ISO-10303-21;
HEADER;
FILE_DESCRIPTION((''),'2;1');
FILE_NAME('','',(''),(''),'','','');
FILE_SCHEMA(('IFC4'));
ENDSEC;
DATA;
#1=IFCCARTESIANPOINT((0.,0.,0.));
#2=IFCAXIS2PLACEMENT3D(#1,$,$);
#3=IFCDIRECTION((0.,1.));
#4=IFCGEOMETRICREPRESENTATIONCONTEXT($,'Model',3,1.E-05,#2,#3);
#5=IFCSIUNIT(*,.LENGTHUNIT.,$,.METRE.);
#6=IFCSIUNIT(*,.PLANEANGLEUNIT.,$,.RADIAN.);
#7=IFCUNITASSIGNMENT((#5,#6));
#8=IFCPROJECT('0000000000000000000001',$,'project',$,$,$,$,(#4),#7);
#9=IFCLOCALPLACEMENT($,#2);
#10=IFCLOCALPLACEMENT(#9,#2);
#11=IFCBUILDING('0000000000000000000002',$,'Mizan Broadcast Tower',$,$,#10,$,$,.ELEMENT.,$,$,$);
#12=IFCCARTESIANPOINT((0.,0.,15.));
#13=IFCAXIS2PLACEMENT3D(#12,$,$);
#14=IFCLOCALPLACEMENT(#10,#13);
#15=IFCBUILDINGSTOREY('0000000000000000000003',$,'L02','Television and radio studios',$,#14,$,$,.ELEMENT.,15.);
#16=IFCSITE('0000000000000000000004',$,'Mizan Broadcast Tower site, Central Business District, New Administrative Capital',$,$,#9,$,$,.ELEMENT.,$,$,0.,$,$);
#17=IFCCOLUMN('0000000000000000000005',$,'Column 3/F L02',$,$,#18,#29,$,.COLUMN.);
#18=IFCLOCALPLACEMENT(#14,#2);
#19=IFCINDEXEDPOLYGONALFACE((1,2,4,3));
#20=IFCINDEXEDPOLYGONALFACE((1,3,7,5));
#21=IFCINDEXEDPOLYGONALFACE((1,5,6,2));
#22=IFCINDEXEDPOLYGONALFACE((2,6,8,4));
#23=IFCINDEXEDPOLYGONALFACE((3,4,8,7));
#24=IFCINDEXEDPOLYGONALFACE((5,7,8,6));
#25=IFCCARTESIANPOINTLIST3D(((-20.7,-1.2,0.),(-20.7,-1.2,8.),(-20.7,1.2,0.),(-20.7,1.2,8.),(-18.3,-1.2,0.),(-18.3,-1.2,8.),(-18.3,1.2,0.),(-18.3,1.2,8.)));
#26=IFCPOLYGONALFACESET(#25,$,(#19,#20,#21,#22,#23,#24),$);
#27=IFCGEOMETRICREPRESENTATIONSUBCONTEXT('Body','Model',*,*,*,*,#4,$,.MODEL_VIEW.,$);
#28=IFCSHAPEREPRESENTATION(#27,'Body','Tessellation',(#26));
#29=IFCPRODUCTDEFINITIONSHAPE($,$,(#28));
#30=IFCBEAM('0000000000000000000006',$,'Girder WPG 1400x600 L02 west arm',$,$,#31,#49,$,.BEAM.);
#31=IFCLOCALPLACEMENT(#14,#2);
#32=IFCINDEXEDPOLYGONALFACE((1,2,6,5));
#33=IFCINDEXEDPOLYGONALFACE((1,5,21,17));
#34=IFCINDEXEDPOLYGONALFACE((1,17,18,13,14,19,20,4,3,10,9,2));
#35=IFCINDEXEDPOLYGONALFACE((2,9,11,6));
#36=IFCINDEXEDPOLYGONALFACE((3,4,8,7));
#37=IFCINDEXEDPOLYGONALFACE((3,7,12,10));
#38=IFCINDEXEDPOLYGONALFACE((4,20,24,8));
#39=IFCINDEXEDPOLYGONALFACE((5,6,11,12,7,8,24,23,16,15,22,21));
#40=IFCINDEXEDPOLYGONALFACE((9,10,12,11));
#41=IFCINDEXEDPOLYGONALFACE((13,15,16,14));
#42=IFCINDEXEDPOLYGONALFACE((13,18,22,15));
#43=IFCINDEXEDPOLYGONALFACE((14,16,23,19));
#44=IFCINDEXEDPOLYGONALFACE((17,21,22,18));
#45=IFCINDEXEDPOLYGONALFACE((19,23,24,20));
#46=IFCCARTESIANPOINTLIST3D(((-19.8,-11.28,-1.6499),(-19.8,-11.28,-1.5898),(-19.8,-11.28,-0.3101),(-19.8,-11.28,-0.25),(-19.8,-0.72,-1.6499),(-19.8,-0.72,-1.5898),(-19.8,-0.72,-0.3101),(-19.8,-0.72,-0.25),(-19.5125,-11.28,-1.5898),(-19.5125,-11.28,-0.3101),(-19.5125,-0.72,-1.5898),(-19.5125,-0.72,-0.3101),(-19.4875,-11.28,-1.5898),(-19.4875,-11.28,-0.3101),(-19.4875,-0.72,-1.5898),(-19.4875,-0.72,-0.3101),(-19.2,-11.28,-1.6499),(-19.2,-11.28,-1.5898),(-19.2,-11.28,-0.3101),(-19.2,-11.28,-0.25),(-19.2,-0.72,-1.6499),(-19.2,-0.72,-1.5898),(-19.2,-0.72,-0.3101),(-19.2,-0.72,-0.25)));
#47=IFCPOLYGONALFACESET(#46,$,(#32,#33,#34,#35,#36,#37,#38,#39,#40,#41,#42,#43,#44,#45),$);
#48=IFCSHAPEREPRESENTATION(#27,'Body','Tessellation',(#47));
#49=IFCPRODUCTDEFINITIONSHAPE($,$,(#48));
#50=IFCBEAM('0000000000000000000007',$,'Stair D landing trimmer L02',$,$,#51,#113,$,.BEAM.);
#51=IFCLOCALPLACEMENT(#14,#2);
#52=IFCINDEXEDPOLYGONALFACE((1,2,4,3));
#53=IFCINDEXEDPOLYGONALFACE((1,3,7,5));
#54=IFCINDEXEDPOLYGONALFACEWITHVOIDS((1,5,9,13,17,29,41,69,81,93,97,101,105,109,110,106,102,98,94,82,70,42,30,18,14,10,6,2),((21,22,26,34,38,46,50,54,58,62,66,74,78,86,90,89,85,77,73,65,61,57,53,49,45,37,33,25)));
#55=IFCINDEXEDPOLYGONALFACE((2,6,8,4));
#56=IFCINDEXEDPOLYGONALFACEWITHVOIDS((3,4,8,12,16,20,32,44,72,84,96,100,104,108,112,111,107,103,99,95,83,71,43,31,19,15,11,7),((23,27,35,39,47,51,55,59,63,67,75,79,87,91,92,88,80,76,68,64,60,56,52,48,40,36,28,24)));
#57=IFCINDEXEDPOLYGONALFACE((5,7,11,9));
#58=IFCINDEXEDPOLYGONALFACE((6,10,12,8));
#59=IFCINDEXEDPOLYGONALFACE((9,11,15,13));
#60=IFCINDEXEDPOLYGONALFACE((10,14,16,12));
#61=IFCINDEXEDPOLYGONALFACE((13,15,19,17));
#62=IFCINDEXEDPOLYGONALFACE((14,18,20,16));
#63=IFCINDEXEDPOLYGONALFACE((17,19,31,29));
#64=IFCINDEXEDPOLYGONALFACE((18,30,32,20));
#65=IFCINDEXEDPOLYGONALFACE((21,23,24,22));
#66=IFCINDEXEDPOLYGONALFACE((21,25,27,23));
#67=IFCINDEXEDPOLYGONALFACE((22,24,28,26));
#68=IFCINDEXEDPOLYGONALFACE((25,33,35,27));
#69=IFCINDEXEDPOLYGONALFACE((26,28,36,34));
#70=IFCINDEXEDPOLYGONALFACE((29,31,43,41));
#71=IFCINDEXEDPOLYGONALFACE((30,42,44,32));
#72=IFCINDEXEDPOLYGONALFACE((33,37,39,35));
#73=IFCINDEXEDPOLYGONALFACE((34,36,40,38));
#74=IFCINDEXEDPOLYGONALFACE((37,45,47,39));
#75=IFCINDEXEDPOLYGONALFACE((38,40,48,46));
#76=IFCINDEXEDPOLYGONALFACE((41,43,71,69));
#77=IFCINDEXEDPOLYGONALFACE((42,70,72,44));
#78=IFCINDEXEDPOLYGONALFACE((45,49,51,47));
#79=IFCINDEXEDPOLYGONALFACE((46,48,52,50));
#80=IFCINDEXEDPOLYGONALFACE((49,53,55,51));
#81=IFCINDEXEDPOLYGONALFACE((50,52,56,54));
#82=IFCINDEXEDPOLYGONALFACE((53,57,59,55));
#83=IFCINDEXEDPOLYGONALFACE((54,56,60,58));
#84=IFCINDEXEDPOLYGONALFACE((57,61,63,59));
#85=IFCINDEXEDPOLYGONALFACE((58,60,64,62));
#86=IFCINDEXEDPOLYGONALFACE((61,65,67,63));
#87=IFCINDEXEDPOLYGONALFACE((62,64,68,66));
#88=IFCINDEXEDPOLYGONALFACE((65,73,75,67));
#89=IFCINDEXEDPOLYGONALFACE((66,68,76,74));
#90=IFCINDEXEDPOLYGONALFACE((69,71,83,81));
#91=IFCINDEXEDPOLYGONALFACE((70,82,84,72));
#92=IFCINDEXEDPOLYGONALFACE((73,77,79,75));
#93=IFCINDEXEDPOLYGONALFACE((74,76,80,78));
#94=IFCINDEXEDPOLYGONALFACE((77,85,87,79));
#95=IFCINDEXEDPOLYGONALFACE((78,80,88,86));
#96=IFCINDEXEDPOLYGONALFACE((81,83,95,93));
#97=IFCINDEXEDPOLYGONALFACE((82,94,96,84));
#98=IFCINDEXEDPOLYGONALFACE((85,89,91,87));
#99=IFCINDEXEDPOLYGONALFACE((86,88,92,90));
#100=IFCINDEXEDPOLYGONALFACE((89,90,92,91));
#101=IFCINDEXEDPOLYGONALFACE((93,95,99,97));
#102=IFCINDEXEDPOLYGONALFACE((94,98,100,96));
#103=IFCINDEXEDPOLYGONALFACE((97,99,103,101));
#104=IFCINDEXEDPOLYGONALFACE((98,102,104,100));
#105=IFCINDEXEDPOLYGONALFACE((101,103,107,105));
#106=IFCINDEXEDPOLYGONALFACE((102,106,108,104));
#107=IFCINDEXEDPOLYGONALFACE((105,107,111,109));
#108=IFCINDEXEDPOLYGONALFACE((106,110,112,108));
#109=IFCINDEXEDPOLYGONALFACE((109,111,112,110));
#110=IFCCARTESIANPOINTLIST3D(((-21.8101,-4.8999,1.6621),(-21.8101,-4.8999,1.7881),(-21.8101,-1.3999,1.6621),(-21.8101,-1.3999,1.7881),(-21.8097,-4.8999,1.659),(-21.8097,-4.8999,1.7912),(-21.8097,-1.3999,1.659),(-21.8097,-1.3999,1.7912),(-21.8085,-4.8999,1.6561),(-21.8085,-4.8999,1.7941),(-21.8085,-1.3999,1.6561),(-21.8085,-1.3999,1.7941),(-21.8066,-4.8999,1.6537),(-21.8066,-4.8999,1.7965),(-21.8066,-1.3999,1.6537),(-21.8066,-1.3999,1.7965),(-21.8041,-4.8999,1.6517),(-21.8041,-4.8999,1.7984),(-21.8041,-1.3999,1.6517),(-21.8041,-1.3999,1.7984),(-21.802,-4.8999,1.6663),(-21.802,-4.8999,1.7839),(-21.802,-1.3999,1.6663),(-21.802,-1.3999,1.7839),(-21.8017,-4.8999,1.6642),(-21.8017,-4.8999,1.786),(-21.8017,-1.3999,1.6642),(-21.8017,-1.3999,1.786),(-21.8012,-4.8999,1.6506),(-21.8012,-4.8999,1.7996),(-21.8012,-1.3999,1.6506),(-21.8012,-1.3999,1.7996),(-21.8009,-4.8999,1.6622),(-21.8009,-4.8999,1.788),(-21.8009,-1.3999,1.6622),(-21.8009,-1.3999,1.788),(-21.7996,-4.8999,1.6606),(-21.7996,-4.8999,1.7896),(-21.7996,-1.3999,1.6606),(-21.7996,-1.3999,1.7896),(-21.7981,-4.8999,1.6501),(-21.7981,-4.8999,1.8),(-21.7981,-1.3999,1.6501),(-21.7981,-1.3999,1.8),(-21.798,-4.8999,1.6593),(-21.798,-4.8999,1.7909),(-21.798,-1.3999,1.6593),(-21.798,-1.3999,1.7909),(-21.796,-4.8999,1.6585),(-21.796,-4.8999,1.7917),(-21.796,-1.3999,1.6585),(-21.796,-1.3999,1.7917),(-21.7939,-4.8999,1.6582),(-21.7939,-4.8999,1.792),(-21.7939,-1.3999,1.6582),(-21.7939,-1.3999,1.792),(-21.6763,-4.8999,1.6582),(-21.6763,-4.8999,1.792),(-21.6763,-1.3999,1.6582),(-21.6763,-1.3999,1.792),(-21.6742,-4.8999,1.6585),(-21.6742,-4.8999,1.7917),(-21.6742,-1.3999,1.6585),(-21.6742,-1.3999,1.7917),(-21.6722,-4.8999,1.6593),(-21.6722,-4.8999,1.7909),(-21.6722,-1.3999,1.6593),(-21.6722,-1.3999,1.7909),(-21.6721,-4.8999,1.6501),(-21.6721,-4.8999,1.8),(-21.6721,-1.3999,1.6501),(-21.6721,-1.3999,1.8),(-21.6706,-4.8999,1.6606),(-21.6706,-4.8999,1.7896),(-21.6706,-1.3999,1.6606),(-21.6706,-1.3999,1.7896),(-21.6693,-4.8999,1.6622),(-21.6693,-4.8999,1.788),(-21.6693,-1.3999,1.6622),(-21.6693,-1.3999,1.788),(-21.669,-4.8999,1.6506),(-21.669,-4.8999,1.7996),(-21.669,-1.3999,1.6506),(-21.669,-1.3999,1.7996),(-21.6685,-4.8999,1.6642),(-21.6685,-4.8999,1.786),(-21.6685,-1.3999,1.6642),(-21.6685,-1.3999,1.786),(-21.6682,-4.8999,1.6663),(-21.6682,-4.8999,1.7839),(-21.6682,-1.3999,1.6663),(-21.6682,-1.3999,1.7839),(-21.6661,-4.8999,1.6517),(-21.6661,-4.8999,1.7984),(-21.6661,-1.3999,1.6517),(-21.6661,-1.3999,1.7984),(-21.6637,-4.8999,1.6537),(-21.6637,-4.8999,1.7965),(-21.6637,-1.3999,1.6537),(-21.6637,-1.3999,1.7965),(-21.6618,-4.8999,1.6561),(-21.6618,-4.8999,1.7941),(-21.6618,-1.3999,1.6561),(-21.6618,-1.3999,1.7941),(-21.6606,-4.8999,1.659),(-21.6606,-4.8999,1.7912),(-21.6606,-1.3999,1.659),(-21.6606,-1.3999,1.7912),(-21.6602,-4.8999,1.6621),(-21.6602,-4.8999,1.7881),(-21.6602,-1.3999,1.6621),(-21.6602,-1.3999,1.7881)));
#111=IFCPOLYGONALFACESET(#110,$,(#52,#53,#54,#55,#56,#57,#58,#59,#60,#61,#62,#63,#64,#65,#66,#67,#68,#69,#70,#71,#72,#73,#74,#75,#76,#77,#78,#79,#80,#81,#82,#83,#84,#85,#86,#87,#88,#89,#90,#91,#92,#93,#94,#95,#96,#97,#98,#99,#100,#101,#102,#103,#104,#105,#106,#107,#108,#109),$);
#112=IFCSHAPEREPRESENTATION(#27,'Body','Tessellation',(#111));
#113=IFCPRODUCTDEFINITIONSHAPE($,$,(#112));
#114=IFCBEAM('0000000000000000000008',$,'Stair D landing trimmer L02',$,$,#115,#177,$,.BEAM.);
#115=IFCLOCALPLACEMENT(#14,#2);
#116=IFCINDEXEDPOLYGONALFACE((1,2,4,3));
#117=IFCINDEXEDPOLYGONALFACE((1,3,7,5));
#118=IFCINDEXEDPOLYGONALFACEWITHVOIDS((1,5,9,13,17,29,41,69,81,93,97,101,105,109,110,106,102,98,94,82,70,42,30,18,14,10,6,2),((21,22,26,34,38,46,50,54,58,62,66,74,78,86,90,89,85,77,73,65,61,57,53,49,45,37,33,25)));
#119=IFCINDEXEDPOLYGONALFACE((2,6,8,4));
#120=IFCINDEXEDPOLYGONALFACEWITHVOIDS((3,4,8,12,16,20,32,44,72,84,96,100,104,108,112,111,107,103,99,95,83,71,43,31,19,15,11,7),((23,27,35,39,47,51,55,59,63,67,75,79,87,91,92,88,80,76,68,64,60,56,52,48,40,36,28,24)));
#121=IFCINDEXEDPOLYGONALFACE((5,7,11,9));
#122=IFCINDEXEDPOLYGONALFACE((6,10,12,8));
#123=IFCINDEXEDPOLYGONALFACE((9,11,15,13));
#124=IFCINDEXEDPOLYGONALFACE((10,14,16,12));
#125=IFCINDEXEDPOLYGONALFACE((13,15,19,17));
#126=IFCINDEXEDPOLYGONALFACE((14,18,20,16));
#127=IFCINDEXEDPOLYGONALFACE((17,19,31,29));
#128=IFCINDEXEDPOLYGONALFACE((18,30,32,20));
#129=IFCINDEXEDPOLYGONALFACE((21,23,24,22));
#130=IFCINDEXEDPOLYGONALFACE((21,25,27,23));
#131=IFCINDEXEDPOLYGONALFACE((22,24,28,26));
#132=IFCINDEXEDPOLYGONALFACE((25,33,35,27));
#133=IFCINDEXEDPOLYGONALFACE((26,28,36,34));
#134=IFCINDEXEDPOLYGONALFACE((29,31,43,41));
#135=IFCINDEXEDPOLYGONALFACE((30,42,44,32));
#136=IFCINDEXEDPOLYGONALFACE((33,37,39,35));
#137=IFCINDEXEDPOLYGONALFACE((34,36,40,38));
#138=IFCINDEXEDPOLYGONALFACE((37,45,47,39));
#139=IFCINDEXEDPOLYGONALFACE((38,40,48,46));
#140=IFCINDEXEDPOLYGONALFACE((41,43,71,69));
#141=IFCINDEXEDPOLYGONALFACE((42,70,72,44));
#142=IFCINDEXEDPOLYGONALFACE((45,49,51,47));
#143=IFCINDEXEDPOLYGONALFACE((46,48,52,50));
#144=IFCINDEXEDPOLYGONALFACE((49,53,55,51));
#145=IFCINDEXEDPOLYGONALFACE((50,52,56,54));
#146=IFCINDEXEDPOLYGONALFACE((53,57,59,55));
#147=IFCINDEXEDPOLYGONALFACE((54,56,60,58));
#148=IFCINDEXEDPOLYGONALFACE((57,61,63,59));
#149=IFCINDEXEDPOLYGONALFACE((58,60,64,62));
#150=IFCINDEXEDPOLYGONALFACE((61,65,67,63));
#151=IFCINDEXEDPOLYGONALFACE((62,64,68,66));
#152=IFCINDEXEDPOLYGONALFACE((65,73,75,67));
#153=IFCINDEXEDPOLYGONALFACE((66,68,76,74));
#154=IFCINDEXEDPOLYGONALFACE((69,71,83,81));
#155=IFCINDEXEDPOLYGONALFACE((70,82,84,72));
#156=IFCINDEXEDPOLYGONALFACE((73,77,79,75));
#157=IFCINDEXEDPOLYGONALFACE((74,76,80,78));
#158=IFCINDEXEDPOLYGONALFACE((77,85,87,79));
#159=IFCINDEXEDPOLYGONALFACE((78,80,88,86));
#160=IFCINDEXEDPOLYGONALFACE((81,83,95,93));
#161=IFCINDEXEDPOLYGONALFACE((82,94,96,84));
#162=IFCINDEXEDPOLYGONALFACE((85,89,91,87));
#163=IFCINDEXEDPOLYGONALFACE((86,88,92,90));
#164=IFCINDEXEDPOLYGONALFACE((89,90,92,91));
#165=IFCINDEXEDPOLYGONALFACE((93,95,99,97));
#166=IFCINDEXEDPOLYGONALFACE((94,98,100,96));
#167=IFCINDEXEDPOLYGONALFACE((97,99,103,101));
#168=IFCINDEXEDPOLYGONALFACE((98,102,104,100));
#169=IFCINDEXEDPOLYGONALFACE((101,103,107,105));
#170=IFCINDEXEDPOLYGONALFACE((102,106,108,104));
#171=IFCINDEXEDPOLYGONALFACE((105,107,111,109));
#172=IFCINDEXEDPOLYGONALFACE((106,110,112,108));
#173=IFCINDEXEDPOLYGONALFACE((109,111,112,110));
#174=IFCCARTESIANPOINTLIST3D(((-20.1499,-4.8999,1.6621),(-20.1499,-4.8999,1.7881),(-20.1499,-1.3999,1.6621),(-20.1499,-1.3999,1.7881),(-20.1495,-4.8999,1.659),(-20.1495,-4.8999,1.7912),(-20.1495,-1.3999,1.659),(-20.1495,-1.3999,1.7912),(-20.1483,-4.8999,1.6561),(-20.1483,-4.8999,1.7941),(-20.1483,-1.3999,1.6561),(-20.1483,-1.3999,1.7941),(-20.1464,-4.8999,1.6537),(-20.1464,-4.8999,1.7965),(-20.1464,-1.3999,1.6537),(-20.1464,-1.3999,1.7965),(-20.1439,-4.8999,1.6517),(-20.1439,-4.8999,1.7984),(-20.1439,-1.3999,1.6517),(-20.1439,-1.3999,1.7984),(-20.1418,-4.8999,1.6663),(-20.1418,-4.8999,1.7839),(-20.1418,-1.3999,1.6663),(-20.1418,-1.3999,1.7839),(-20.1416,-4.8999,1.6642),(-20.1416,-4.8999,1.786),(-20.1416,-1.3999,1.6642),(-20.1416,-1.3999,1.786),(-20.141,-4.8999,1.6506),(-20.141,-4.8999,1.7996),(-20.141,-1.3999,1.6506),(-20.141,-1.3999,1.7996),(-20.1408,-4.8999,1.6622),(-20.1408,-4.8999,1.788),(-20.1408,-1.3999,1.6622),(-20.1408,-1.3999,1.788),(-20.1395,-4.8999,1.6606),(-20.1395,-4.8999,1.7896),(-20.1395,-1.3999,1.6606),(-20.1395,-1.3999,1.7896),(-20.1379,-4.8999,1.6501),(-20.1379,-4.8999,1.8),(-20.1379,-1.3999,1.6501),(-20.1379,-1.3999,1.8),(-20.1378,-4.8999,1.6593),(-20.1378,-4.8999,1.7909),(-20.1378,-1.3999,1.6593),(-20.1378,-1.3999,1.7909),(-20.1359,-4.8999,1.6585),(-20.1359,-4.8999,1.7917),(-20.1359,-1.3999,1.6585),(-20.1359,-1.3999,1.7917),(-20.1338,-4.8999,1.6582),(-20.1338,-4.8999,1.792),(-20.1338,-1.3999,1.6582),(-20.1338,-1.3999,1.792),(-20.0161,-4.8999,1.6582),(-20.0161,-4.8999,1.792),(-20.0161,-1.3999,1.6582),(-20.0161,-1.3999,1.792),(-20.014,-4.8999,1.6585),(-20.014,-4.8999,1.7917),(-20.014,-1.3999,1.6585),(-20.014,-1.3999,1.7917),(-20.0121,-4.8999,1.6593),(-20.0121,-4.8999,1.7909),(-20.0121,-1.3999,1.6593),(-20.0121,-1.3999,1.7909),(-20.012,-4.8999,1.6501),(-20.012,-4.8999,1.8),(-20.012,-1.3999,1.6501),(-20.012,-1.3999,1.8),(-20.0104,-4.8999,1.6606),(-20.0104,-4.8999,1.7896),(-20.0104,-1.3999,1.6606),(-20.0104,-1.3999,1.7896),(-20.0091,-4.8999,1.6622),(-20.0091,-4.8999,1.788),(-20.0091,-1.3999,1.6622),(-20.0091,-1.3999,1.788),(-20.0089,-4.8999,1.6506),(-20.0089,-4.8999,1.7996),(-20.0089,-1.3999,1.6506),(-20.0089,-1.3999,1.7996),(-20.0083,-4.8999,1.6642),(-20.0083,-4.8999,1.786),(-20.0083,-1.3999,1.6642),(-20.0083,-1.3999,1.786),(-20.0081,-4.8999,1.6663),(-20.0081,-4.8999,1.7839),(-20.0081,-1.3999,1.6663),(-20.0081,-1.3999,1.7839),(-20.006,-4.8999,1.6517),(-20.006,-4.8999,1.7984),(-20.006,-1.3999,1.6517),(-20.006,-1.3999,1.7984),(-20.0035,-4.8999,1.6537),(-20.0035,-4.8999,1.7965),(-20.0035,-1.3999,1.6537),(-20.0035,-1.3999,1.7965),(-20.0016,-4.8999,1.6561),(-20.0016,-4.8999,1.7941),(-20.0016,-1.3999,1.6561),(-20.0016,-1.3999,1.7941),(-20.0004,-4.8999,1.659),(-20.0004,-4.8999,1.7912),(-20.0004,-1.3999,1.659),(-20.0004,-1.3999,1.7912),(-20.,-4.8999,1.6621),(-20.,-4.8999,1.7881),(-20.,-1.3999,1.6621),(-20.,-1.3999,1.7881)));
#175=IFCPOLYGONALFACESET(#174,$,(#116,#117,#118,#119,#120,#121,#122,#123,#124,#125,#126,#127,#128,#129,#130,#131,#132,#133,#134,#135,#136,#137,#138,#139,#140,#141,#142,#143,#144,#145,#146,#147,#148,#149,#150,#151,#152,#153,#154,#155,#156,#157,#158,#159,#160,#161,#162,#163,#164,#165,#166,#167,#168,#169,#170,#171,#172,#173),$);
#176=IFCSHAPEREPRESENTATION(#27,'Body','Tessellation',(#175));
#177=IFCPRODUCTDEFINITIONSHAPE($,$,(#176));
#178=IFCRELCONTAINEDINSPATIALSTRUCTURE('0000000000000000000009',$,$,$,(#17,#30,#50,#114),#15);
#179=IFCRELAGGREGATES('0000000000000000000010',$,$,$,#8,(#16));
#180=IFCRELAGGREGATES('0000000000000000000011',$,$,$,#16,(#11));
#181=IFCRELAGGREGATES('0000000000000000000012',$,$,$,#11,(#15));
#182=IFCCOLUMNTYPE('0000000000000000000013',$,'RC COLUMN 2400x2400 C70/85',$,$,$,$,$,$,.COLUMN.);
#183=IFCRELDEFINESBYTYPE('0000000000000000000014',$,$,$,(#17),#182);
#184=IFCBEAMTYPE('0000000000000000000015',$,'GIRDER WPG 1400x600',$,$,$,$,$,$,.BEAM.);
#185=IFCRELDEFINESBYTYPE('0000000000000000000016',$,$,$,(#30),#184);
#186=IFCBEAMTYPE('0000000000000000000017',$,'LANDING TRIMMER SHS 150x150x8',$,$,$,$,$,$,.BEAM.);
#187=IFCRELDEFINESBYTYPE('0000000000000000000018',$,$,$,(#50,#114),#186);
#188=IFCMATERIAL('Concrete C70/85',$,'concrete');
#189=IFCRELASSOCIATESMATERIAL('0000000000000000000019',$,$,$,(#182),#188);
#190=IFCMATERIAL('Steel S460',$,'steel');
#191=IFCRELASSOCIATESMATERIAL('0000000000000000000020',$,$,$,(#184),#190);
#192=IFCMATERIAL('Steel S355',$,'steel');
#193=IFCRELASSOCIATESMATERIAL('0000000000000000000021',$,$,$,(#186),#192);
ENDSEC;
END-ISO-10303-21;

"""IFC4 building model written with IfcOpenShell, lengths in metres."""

from ifc_helpers import new_model, si_unit, direction, frame, origin, origin_2d, place, context, subcontext, project, spatial, rectangle, hollow_rectangle, i_section, extrude, material, material_profile, profile_set, type_object, element, save


model = new_model("IFC4")

# Units and contexts
model_context = context("Model", 3, precision=1e-05, world=origin(), true_north=direction((0.0, 1.0)))
body_context = subcontext(model_context, "Body", "Model", "MODEL_VIEW")
ifc_project = project(units=[si_unit("LENGTHUNIT", "METRE"), si_unit("PLANEANGLEUNIT", "RADIAN")], contexts=[model_context])

# Site, building, storey
site_placement = place(None, origin())
site = spatial("IfcSite", under=ifc_project, at=site_placement, Name="Mizan Broadcast Tower site, Central Business District, New Administrative Capital", CompositionType="ELEMENT", RefElevation=0.0)
building_placement = place(site_placement, origin())
building = spatial("IfcBuilding", under=site, at=building_placement, Name="Mizan Broadcast Tower", CompositionType="ELEMENT")
storey_placement = place(building_placement, frame((0.0, 0.0, 15.0)))
storey = spatial("IfcBuildingStorey", under=building, at=storey_placement, Name="L02", Description="Television and radio studios", CompositionType="ELEMENT", Elevation=15.0)

# Column
ifc_material_1 = material(Name="Concrete C70/85", Category="concrete")
ifc_material_profile_1 = material_profile(ifc_material_1, rectangle(XDim=2.3999, YDim=2.3999, at=origin_2d()), Name="RC 2400x2400")
ifc_profile_set_1 = profile_set([ifc_material_profile_1], Name="Concrete C70/85")
column_type = type_object("IfcColumnType", Name="RC COLUMN 2400x2400 C70/85", PredefinedType="COLUMN", material=ifc_profile_set_1)
column_placement = place(storey_placement, frame((-19.5, 0.0, 0.0), z_axis=(0.0, 0.0, 1.0), x_axis=(1.0, 0.0, 0.0)))
element("IfcColumn", 1, at=column_placement, inside=storey, type_object=column_type, Name="Column 3/F L02", PredefinedType="COLUMN", context=body_context, shape_type="SweptSolid", body=[
    extrude(rectangle(XDim=2.3999, YDim=2.3999, at=origin_2d()), origin(), (0.0, 0.0, 1.0), 8.0),
])

# Beams
ifc_material_2 = material(Name="Steel S460", Category="steel")
ifc_material_profile_2 = material_profile(ifc_material_2, i_section(OverallWidth=0.6001, OverallDepth=1.3999, WebThickness=0.0249, FlangeThickness=0.0601, at=origin_2d()), Name="WPG 1400x600")
ifc_profile_set_2 = profile_set([ifc_material_profile_2], Name="Steel S460")
beam_type_1 = type_object("IfcBeamType", Name="GIRDER WPG 1400x600", PredefinedType="BEAM", material=ifc_profile_set_2)
beam_1_placement = place(storey_placement, frame((-19.5, -0.72, -0.95), z_axis=(0.0, -1.0, 0.0), x_axis=(1.0, 0.0, 0.0)))
element("IfcBeam", 2, at=beam_1_placement, inside=storey, type_object=beam_type_1, Name="Girder WPG 1400x600 L02 west arm", PredefinedType="BEAM", context=body_context, shape_type="SweptSolid", body=[
    extrude(i_section(OverallWidth=0.6001, OverallDepth=1.3999, WebThickness=0.0249, FlangeThickness=0.0601, at=origin_2d()), origin(), (0.0, 0.0, 1.0), 10.5601),
])
ifc_material_3 = material(Name="Steel S355", Category="steel")
ifc_material_profile_3 = material_profile(ifc_material_3, hollow_rectangle(XDim=0.1499, YDim=0.1499, WallThickness=0.0081, InnerFilletRadius=0.0081, OuterFilletRadius=0.012, at=origin_2d()), Name="SHS 150x150x8")
ifc_profile_set_3 = profile_set([ifc_material_profile_3], Name="Steel S355")
beam_type_2 = type_object("IfcBeamType", Name="LANDING TRIMMER SHS 150x150x8", PredefinedType="BEAM", material=ifc_profile_set_3)
for number, where, z_axis, x_axis, name in (
    (3, (-21.7351, -1.3999, 1.7251), (0.0, -1.0, 0.0), (1.0, 0.0, 0.0), "Stair D landing trimmer L02"),
    (4, (-20.075, -1.3999, 1.7251), (0.0, -1.0, 0.0), (1.0, 0.0, 0.0), "Stair D landing trimmer L02"),
):
    element("IfcBeam", number, at=place(storey_placement, frame(where, z_axis=z_axis, x_axis=x_axis)), inside=storey, type_object=beam_type_2, Name=name, PredefinedType="BEAM", context=body_context, shape_type="SweptSolid", body=[
        extrude(hollow_rectangle(XDim=0.1499, YDim=0.1499, WallThickness=0.0081, InnerFilletRadius=0.0081, OuterFilletRadius=0.012, at=origin_2d()), origin(), (0.0, 0.0, 1.0), 3.5),
    ])

save(model, "model.ifc")
